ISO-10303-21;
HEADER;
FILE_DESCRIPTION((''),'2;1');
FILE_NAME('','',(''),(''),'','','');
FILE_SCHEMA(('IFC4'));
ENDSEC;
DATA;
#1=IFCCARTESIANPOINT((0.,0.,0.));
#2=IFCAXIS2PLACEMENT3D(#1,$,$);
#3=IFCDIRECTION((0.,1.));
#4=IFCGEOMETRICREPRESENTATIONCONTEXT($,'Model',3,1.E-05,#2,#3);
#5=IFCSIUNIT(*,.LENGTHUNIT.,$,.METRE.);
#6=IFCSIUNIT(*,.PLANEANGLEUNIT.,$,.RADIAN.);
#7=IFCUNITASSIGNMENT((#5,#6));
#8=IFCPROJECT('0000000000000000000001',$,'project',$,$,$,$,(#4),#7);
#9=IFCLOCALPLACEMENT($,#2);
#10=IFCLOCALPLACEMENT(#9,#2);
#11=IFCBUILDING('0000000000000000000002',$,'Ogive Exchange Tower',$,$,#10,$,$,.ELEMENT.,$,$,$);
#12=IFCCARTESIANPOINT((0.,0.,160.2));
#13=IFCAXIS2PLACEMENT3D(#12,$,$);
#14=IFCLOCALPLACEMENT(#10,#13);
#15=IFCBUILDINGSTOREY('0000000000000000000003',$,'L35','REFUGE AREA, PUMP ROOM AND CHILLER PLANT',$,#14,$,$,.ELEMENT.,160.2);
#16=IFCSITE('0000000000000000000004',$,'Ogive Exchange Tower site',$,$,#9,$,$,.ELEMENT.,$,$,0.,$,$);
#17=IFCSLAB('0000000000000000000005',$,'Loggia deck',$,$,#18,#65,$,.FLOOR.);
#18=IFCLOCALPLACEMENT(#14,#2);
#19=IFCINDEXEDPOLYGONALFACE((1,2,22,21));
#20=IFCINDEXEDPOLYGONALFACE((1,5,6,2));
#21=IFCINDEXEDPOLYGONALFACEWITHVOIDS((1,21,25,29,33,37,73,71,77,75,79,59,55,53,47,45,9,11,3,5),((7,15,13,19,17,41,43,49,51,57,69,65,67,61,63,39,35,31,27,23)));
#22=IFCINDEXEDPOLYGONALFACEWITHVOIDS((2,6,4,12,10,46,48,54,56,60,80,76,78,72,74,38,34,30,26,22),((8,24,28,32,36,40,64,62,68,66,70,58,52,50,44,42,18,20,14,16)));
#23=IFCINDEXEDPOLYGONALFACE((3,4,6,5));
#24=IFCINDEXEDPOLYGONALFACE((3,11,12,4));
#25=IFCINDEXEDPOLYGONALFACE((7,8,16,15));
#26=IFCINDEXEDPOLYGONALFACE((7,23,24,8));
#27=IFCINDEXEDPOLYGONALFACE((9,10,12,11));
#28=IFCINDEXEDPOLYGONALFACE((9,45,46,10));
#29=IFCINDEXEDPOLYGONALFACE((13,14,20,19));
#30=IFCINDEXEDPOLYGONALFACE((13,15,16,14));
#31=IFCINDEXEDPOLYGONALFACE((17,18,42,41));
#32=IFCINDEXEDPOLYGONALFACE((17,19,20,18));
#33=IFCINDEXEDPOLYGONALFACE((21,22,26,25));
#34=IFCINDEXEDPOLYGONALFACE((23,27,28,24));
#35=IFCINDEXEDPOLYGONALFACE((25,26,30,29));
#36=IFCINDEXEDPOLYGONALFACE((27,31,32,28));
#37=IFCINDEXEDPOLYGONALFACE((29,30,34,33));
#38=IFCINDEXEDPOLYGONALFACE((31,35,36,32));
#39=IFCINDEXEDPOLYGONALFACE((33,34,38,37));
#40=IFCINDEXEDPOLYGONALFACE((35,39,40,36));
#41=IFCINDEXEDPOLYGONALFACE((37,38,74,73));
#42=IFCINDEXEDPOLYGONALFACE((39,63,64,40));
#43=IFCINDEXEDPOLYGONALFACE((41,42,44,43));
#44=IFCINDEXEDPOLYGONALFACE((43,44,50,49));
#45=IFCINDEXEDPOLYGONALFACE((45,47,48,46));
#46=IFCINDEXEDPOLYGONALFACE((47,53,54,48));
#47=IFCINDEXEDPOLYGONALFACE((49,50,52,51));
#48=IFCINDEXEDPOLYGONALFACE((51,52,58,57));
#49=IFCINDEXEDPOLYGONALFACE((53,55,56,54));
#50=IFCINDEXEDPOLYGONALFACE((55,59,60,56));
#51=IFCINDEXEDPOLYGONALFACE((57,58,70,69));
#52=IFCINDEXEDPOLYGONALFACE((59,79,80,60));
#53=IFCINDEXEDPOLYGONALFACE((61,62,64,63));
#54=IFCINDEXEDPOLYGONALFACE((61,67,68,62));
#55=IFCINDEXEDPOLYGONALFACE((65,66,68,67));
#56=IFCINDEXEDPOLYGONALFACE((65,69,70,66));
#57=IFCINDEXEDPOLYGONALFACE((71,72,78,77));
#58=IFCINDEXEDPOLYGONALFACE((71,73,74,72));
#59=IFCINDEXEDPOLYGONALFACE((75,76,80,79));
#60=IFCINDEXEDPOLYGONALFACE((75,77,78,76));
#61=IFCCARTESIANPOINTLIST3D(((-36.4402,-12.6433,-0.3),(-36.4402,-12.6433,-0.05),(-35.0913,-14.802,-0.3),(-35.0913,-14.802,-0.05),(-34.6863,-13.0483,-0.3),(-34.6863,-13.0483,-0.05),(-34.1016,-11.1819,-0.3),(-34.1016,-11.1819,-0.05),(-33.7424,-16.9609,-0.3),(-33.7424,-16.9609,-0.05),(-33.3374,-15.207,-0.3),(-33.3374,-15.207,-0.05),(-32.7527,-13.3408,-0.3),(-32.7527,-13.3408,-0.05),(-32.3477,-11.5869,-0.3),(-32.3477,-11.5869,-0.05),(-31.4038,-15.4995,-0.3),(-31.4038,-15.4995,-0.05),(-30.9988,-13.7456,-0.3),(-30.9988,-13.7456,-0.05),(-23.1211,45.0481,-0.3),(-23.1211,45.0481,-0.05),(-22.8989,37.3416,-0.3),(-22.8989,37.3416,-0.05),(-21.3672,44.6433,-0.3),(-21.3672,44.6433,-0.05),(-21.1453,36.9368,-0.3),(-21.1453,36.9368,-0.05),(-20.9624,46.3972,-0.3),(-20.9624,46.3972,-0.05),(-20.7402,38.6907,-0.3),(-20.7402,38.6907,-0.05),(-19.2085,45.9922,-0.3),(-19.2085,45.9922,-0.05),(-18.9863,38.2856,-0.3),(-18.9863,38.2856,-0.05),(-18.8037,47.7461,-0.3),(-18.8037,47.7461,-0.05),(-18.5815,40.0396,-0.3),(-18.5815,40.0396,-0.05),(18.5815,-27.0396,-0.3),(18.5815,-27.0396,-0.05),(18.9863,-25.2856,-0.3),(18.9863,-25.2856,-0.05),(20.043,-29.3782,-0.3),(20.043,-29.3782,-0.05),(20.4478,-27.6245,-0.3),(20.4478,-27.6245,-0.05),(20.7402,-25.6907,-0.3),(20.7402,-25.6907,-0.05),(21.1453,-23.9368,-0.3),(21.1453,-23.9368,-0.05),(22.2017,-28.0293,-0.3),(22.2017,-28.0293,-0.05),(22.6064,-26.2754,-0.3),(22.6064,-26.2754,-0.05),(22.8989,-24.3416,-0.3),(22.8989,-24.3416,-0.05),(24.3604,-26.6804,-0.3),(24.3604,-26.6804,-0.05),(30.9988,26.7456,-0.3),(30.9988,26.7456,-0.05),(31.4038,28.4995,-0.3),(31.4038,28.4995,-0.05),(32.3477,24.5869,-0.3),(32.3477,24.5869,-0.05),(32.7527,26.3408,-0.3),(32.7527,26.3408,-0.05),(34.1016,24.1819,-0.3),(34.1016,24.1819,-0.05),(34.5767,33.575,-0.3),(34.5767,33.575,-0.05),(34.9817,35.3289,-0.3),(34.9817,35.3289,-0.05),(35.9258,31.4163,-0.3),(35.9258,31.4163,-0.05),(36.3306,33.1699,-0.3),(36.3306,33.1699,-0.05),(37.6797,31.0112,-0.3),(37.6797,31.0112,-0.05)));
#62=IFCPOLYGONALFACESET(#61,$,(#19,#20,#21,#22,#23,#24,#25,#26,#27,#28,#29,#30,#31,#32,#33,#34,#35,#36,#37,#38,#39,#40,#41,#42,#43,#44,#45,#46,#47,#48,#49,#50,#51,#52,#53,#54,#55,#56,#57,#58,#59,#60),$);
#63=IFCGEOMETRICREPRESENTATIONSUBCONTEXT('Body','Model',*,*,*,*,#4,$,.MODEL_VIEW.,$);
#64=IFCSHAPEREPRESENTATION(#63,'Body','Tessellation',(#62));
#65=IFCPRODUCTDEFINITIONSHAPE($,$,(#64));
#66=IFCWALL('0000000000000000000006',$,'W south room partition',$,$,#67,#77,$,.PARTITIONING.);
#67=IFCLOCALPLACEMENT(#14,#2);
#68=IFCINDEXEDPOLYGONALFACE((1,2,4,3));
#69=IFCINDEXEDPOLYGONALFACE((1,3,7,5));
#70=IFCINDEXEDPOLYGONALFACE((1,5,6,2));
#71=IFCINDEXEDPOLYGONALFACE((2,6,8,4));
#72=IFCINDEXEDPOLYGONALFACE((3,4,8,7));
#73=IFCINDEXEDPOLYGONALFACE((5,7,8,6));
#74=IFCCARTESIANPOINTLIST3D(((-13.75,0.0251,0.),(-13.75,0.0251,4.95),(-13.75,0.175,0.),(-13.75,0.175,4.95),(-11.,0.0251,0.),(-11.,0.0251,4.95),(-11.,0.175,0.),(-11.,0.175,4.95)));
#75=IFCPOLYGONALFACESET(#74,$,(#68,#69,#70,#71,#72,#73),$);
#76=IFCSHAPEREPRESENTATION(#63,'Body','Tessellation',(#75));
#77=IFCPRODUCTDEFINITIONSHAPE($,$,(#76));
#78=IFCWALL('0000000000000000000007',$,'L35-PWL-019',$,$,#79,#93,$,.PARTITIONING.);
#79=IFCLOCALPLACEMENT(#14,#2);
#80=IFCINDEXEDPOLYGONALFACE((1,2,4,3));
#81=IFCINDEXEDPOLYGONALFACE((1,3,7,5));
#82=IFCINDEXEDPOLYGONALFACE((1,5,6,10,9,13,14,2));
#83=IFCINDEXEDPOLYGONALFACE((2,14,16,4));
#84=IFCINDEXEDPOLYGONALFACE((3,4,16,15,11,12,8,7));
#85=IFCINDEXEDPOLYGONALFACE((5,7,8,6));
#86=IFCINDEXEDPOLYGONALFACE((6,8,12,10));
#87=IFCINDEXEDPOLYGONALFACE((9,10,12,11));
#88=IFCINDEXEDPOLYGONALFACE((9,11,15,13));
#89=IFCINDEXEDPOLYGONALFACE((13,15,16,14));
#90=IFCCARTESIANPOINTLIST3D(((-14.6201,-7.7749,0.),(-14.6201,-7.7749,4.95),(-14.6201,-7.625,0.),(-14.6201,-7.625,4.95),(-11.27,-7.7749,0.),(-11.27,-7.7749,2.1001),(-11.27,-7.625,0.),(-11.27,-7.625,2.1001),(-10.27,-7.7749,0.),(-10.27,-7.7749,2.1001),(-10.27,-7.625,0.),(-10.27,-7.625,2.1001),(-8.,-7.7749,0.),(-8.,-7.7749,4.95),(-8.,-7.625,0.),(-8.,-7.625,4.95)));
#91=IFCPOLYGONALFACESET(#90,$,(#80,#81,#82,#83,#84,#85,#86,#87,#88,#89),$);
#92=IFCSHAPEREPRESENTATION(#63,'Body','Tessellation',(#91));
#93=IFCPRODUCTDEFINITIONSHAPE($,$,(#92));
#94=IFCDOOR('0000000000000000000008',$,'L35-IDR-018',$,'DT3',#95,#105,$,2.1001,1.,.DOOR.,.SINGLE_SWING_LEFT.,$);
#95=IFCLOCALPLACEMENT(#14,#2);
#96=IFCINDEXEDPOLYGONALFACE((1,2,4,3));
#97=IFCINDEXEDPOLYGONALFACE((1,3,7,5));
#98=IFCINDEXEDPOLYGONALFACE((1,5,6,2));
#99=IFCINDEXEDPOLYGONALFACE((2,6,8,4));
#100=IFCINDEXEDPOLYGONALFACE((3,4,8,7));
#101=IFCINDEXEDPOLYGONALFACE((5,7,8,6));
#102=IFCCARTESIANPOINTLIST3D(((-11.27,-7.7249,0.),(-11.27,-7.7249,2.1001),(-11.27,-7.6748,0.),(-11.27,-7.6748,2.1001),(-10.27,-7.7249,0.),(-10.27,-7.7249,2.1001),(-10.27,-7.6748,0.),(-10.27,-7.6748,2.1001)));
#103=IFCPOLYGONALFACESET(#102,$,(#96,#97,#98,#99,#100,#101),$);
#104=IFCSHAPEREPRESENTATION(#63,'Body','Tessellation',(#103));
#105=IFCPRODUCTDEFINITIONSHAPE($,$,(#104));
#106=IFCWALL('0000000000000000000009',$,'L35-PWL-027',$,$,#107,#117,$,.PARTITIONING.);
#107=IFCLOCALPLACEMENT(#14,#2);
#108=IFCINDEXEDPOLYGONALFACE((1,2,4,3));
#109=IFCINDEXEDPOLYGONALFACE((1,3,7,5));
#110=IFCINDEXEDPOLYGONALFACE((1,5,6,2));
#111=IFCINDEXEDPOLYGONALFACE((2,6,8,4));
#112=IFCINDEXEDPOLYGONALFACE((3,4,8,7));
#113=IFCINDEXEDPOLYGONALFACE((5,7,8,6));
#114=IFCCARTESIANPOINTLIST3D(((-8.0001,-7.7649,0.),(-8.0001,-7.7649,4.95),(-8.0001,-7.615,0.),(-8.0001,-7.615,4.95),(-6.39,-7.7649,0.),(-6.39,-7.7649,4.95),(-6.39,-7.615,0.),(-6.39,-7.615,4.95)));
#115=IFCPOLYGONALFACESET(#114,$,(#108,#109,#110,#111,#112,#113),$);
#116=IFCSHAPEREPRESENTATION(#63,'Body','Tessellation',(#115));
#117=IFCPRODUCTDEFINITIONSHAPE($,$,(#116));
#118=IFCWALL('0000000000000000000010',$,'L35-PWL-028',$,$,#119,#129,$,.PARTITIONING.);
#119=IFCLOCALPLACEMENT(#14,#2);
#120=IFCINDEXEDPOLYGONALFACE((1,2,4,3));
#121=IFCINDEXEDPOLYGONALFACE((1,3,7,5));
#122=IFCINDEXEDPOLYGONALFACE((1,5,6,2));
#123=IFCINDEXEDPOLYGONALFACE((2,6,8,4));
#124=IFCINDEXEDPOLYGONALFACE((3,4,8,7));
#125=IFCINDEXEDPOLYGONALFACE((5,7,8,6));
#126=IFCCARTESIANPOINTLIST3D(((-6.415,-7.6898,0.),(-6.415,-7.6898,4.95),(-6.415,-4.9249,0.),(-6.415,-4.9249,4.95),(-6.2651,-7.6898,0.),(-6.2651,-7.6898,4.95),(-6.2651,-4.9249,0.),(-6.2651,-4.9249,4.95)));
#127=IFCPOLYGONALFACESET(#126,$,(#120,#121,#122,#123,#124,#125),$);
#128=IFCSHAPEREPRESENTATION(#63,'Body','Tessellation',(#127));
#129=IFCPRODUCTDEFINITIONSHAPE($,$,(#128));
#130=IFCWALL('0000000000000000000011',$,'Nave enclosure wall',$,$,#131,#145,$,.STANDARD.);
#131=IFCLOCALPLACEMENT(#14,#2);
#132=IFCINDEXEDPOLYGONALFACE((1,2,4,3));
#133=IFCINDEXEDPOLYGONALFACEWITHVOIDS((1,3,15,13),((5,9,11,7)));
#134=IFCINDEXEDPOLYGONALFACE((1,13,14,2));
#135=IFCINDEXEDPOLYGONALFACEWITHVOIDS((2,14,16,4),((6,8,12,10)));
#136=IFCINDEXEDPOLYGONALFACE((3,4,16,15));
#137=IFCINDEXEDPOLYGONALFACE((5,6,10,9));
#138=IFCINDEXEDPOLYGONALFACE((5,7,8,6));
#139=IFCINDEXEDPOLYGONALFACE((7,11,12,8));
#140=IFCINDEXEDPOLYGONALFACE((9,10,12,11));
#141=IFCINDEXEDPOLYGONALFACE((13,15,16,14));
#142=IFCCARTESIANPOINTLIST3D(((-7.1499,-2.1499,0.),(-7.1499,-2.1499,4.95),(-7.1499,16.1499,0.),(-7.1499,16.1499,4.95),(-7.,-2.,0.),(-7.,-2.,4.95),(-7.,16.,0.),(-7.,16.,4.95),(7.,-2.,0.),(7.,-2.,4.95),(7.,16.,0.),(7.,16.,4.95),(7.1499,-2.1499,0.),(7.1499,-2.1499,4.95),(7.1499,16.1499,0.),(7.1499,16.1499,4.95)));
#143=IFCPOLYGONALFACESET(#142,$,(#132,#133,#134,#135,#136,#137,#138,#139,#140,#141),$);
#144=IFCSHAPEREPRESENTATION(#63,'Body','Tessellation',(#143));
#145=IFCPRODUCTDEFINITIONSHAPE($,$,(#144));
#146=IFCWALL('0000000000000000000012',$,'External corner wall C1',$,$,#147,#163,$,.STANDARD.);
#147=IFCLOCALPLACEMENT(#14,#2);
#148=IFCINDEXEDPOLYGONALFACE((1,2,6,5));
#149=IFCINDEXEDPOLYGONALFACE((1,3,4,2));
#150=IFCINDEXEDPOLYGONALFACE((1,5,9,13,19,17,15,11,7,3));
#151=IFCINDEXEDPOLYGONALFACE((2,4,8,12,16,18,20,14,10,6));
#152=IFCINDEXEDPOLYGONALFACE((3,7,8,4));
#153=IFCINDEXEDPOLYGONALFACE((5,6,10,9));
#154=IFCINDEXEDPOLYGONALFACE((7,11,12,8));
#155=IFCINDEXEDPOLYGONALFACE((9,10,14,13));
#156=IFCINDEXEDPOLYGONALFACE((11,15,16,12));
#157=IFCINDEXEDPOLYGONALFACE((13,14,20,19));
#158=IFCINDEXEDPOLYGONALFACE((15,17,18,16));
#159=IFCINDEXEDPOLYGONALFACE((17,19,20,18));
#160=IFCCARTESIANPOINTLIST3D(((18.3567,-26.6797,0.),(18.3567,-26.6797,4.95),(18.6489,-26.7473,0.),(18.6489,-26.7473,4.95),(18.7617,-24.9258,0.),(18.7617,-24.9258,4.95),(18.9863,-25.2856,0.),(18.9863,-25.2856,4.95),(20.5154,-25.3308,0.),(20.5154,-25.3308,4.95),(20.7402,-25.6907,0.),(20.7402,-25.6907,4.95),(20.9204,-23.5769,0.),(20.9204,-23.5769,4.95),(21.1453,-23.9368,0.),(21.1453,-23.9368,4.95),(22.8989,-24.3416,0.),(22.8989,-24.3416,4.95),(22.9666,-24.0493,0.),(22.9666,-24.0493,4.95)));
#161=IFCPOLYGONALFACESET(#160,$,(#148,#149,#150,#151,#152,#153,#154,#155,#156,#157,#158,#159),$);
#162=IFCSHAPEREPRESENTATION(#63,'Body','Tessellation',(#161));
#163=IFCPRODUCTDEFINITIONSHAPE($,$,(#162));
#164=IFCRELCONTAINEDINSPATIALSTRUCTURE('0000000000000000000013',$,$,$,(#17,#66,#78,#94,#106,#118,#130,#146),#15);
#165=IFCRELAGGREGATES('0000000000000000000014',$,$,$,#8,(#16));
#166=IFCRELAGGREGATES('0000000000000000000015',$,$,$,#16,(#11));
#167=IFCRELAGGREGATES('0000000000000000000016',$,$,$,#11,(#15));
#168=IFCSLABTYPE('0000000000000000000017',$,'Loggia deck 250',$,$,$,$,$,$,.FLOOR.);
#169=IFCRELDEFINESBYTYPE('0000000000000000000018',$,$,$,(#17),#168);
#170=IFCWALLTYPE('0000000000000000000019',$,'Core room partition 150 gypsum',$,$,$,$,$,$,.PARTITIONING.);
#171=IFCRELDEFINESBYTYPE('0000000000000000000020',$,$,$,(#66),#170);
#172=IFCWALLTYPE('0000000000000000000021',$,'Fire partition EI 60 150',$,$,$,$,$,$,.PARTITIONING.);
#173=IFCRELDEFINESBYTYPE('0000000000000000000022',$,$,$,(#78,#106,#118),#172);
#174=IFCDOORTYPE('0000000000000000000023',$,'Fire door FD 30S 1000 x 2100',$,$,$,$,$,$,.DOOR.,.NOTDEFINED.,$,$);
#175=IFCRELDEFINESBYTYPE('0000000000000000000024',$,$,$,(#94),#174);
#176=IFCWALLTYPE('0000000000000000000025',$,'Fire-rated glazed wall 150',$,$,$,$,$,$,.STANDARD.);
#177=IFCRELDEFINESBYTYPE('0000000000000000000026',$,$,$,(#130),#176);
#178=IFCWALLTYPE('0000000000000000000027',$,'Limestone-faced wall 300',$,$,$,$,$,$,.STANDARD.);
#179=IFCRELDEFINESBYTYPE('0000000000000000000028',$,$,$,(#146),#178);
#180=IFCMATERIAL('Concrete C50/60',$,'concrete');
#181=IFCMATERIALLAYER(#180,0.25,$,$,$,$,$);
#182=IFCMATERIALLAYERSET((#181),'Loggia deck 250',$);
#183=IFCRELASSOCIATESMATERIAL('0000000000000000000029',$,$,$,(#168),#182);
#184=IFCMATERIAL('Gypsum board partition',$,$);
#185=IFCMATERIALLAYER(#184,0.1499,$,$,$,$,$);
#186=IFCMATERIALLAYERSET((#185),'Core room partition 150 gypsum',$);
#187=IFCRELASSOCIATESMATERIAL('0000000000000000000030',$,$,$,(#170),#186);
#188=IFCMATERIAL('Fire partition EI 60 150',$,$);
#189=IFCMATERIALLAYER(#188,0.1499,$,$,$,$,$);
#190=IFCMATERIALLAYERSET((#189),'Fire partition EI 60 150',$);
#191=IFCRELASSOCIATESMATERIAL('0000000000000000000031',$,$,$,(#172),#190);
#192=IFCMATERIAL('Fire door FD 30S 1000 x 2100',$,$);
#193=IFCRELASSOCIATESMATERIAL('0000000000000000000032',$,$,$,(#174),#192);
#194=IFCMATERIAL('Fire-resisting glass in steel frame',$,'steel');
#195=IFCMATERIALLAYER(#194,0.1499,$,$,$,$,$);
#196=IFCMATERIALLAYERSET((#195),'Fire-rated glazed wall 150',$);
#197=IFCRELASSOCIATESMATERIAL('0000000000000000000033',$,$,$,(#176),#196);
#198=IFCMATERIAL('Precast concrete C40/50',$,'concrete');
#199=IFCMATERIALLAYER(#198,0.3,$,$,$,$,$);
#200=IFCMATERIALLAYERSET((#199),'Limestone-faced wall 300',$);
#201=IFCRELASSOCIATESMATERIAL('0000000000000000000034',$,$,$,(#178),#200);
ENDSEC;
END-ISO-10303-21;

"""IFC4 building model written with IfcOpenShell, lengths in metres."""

from ifc_helpers import new_model, si_unit, direction, frame, frame_2d, origin, place, context, subcontext, project, spatial, polyline, rectangle, outline, extrude, material, layer, layer_set, type_object, element, fill, save


model = new_model("IFC4")

# Units and contexts
model_context = context("Model", 3, precision=1e-05, world=origin(), true_north=direction((0.0, 1.0)))
body_context = subcontext(model_context, "Body", "Model", "MODEL_VIEW")
ifc_project = project(units=[si_unit("LENGTHUNIT", "METRE"), si_unit("PLANEANGLEUNIT", "RADIAN")], contexts=[model_context])

# Site, building, storey
site_placement = place(None, origin())
site = spatial("IfcSite", under=ifc_project, at=site_placement, Name="Ogive Exchange Tower site", CompositionType="ELEMENT", RefElevation=0.0)
building_placement = place(site_placement, origin())
building = spatial("IfcBuilding", under=site, at=building_placement, Name="Ogive Exchange Tower", CompositionType="ELEMENT")
storey_placement = place(building_placement, frame((0.0, 0.0, 160.2)))
storey = spatial("IfcBuildingStorey", under=building, at=storey_placement, Name="L35", Description="REFUGE AREA, PUMP ROOM AND CHILLER PLANT", CompositionType="ELEMENT", Elevation=160.2)

# Slab
ifc_material_1 = material(Name="Concrete C50/60", Category="concrete")
ifc_layer_1 = layer(ifc_material_1, 0.25)
ifc_layer_set_1 = layer_set([ifc_layer_1], Name="Loggia deck 250")
slab_type_1 = type_object("IfcSlabType", Name="Loggia deck 250", PredefinedType="FLOOR", material=ifc_layer_set_1)
slab_1_placement = place(storey_placement, frame((0.0, 0.0, -0.3)))
element("IfcSlab", 1, at=slab_1_placement, inside=storey, type_object=slab_type_1, Name="Loggia deck", PredefinedType="FLOOR", context=body_context, shape_type="SweptSolid", body=[
    extrude(outline(polyline([(-33.3374, -15.207), (-35.0913, -14.802), (-34.6863, -13.0483), (-36.4402, -12.6433), (-23.1211, 45.0481), (-21.3672, 44.6433), (-20.9624, 46.3972), (-19.2085, 45.9922), (-18.8037, 47.7461), (34.9817, 35.3289), (34.5767, 33.575), (36.3306, 33.1699), (35.9258, 31.4163), (37.6797, 31.0112), (24.3604, -26.6804), (22.6064, -26.2754), (22.2017, -28.0293), (20.4478, -27.6245), (20.043, -29.3782), (-33.7424, -16.9609), (-33.3374, -15.207)]), holes=[polyline([(18.9863, -25.2856), (20.7402, -25.6907), (21.1453, -23.9368), (22.8989, -24.3416), (34.1016, 24.1819), (32.3477, 24.5869), (32.7527, 26.3408), (30.9988, 26.7456), (31.4038, 28.4995), (-18.5815, 40.0396), (-18.9863, 38.2856), (-20.7402, 38.6907), (-21.1453, 36.9368), (-22.8989, 37.3416), (-34.1016, -11.1819), (-32.3477, -11.5869), (-32.7527, -13.3408), (-30.9988, -13.7456), (-31.4038, -15.4995), (18.5815, -27.0396), (18.9863, -25.2856)])]), origin(), (0.0, 0.0, 1.0), 0.25),
])

# Wall
ifc_material_2 = material(Name="Gypsum board partition")
ifc_layer_2 = layer(ifc_material_2, 0.1499)
ifc_layer_set_2 = layer_set([ifc_layer_2], Name="Core room partition 150 gypsum")
wall_type_1 = type_object("IfcWallType", Name="Core room partition 150 gypsum", PredefinedType="PARTITIONING", material=ifc_layer_set_2)
wall_1_placement = place(storey_placement, frame((-13.75, 0.1001, 0.0), z_axis=(0.0, 0.0, 1.0), x_axis=(1.0, 0.0, 0.0)))
element("IfcWall", 2, at=wall_1_placement, inside=storey, type_object=wall_type_1, Name="W south room partition", PredefinedType="PARTITIONING", context=body_context, shape_type="SweptSolid", body=[
    extrude(rectangle(XDim=2.75, YDim=0.1499, at=frame_2d((1.375, 0.0))), origin(), (0.0, 0.0, 1.0), 4.95),
])

# Wall, opening, door
ifc_material_3 = material(Name="Fire partition EI 60 150")
ifc_layer_3 = layer(ifc_material_3, 0.1499)
ifc_layer_set_3 = layer_set([ifc_layer_3], Name="Fire partition EI 60 150")
wall_type_2 = type_object("IfcWallType", Name="Fire partition EI 60 150", PredefinedType="PARTITIONING", material=ifc_layer_set_3)
wall_2_placement = place(storey_placement, frame((-8.0, -7.7, 0.0), z_axis=(0.0, 0.0, 1.0), x_axis=(-1.0, 0.0, 0.0)))
wall_2 = element("IfcWall", 3, at=wall_2_placement, inside=storey, type_object=wall_type_2, Name="L35-PWL-019", PredefinedType="PARTITIONING", context=body_context, shape_type="SweptSolid", body=[
    extrude(rectangle(XDim=6.6201, YDim=0.1499, at=frame_2d((3.3101, 0.0))), origin(), (0.0, 0.0, 1.0), 4.95),
])
opening_1_placement = place(wall_2_placement, frame((2.27, 0.0, 0.0)))
opening_1 = element("IfcOpeningElement", 4, at=opening_1_placement, cuts=wall_2, PredefinedType="OPENING", context=body_context, shape_type="SweptSolid", body=[
    extrude(rectangle(XDim=1.0, YDim=2.1001, at=frame_2d((0.5, 1.05))), frame((0.0, 0.085, 0.0), z_axis=(0.0, -1.0, 0.0), x_axis=(1.0, 0.0, 0.0)), (0.0, 0.0, 1.0), 0.1699),
])
ifc_material_4 = material(Name="Fire door FD 30S 1000 x 2100")
door_type_1 = type_object("IfcDoorType", Name="Fire door FD 30S 1000 x 2100", OperationType="NOTDEFINED", PredefinedType="DOOR", material=ifc_material_4)
door_1_placement = place(opening_1_placement, origin())
door_1 = element("IfcDoor", 5, at=door_1_placement, inside=storey, type_object=door_type_1, Name="L35-IDR-018", ObjectType="DT3", OperationType="SINGLE_SWING_LEFT", OverallHeight=2.1001, OverallWidth=1.0, PredefinedType="DOOR", context=body_context, shape_type="SweptSolid", body=[
    extrude(rectangle(XDim=1.0, YDim=2.1001, at=frame_2d((0.5, 1.05))), frame((0.0, 0.0249, 0.0), z_axis=(0.0, -1.0, 0.0), x_axis=(1.0, 0.0, 0.0)), (0.0, 0.0, 1.0), 0.05),
])
fill(opening_1, door_1)

# Walls
wall_3_placement = place(storey_placement, frame((-6.3899, -7.6899, 0.0), z_axis=(0.0, 0.0, 1.0), x_axis=(-1.0, 0.0, 0.0)))
element("IfcWall", 6, at=wall_3_placement, inside=storey, type_object=wall_type_2, Name="L35-PWL-027", PredefinedType="PARTITIONING", context=body_context, shape_type="SweptSolid", body=[
    extrude(rectangle(XDim=1.6101, YDim=0.1499, at=frame_2d((0.8052, 0.0))), origin(), (0.0, 0.0, 1.0), 4.95),
])
wall_4_placement = place(storey_placement, frame((-6.3401, -4.925, 0.0), z_axis=(0.0, 0.0, 1.0), x_axis=(0.0, -1.0, 0.0)))
element("IfcWall", 7, at=wall_4_placement, inside=storey, type_object=wall_type_2, Name="L35-PWL-028", PredefinedType="PARTITIONING", context=body_context, shape_type="SweptSolid", body=[
    extrude(rectangle(XDim=2.7649, YDim=0.1499, at=frame_2d((1.3823, 0.0))), origin(), (0.0, 0.0, 1.0), 4.95),
])
ifc_material_5 = material(Name="Fire-resisting glass in steel frame", Category="steel")
ifc_layer_4 = layer(ifc_material_5, 0.1499)
ifc_layer_set_4 = layer_set([ifc_layer_4], Name="Fire-rated glazed wall 150")
wall_type_3 = type_object("IfcWallType", Name="Fire-rated glazed wall 150", PredefinedType="STANDARD", material=ifc_layer_set_4)
wall_5_placement = place(storey_placement, origin())
element("IfcWall", 8, at=wall_5_placement, inside=storey, type_object=wall_type_3, Name="Nave enclosure wall", PredefinedType="STANDARD", context=body_context, shape_type="SweptSolid", body=[
    extrude(outline(polyline([(-7.1499, -2.1499), (7.1499, -2.1499), (7.1499, 16.1499), (-7.1499, 16.1499), (-7.1499, -2.1499)]), holes=[polyline([(-7.0, -2.0), (-7.0, 16.0), (7.0, 16.0), (7.0, -2.0), (-7.0, -2.0)])]), origin(), (0.0, 0.0, 1.0), 4.95),
])
ifc_material_6 = material(Name="Precast concrete C40/50", Category="concrete")
ifc_layer_5 = layer(ifc_material_6, 0.3)
ifc_layer_set_5 = layer_set([ifc_layer_5], Name="Limestone-faced wall 300")
wall_type_4 = type_object("IfcWallType", Name="Limestone-faced wall 300", PredefinedType="STANDARD", material=ifc_layer_set_5)
wall_6_placement = place(storey_placement, origin())
element("IfcWall", 9, at=wall_6_placement, inside=storey, type_object=wall_type_4, Name="External corner wall C1", PredefinedType="STANDARD", context=body_context, shape_type="SweptSolid", body=[
    extrude(outline(polyline([(20.5154, -25.3308), (20.9204, -23.5769), (22.9666, -24.0493), (22.8989, -24.3416), (21.1453, -23.9368), (20.7402, -25.6907), (18.9863, -25.2856), (18.6489, -26.7473), (18.3567, -26.6797), (18.7617, -24.9258), (20.5154, -25.3308)])), origin(), (0.0, 0.0, 1.0), 4.95),
])

save(model, "model.ifc")
